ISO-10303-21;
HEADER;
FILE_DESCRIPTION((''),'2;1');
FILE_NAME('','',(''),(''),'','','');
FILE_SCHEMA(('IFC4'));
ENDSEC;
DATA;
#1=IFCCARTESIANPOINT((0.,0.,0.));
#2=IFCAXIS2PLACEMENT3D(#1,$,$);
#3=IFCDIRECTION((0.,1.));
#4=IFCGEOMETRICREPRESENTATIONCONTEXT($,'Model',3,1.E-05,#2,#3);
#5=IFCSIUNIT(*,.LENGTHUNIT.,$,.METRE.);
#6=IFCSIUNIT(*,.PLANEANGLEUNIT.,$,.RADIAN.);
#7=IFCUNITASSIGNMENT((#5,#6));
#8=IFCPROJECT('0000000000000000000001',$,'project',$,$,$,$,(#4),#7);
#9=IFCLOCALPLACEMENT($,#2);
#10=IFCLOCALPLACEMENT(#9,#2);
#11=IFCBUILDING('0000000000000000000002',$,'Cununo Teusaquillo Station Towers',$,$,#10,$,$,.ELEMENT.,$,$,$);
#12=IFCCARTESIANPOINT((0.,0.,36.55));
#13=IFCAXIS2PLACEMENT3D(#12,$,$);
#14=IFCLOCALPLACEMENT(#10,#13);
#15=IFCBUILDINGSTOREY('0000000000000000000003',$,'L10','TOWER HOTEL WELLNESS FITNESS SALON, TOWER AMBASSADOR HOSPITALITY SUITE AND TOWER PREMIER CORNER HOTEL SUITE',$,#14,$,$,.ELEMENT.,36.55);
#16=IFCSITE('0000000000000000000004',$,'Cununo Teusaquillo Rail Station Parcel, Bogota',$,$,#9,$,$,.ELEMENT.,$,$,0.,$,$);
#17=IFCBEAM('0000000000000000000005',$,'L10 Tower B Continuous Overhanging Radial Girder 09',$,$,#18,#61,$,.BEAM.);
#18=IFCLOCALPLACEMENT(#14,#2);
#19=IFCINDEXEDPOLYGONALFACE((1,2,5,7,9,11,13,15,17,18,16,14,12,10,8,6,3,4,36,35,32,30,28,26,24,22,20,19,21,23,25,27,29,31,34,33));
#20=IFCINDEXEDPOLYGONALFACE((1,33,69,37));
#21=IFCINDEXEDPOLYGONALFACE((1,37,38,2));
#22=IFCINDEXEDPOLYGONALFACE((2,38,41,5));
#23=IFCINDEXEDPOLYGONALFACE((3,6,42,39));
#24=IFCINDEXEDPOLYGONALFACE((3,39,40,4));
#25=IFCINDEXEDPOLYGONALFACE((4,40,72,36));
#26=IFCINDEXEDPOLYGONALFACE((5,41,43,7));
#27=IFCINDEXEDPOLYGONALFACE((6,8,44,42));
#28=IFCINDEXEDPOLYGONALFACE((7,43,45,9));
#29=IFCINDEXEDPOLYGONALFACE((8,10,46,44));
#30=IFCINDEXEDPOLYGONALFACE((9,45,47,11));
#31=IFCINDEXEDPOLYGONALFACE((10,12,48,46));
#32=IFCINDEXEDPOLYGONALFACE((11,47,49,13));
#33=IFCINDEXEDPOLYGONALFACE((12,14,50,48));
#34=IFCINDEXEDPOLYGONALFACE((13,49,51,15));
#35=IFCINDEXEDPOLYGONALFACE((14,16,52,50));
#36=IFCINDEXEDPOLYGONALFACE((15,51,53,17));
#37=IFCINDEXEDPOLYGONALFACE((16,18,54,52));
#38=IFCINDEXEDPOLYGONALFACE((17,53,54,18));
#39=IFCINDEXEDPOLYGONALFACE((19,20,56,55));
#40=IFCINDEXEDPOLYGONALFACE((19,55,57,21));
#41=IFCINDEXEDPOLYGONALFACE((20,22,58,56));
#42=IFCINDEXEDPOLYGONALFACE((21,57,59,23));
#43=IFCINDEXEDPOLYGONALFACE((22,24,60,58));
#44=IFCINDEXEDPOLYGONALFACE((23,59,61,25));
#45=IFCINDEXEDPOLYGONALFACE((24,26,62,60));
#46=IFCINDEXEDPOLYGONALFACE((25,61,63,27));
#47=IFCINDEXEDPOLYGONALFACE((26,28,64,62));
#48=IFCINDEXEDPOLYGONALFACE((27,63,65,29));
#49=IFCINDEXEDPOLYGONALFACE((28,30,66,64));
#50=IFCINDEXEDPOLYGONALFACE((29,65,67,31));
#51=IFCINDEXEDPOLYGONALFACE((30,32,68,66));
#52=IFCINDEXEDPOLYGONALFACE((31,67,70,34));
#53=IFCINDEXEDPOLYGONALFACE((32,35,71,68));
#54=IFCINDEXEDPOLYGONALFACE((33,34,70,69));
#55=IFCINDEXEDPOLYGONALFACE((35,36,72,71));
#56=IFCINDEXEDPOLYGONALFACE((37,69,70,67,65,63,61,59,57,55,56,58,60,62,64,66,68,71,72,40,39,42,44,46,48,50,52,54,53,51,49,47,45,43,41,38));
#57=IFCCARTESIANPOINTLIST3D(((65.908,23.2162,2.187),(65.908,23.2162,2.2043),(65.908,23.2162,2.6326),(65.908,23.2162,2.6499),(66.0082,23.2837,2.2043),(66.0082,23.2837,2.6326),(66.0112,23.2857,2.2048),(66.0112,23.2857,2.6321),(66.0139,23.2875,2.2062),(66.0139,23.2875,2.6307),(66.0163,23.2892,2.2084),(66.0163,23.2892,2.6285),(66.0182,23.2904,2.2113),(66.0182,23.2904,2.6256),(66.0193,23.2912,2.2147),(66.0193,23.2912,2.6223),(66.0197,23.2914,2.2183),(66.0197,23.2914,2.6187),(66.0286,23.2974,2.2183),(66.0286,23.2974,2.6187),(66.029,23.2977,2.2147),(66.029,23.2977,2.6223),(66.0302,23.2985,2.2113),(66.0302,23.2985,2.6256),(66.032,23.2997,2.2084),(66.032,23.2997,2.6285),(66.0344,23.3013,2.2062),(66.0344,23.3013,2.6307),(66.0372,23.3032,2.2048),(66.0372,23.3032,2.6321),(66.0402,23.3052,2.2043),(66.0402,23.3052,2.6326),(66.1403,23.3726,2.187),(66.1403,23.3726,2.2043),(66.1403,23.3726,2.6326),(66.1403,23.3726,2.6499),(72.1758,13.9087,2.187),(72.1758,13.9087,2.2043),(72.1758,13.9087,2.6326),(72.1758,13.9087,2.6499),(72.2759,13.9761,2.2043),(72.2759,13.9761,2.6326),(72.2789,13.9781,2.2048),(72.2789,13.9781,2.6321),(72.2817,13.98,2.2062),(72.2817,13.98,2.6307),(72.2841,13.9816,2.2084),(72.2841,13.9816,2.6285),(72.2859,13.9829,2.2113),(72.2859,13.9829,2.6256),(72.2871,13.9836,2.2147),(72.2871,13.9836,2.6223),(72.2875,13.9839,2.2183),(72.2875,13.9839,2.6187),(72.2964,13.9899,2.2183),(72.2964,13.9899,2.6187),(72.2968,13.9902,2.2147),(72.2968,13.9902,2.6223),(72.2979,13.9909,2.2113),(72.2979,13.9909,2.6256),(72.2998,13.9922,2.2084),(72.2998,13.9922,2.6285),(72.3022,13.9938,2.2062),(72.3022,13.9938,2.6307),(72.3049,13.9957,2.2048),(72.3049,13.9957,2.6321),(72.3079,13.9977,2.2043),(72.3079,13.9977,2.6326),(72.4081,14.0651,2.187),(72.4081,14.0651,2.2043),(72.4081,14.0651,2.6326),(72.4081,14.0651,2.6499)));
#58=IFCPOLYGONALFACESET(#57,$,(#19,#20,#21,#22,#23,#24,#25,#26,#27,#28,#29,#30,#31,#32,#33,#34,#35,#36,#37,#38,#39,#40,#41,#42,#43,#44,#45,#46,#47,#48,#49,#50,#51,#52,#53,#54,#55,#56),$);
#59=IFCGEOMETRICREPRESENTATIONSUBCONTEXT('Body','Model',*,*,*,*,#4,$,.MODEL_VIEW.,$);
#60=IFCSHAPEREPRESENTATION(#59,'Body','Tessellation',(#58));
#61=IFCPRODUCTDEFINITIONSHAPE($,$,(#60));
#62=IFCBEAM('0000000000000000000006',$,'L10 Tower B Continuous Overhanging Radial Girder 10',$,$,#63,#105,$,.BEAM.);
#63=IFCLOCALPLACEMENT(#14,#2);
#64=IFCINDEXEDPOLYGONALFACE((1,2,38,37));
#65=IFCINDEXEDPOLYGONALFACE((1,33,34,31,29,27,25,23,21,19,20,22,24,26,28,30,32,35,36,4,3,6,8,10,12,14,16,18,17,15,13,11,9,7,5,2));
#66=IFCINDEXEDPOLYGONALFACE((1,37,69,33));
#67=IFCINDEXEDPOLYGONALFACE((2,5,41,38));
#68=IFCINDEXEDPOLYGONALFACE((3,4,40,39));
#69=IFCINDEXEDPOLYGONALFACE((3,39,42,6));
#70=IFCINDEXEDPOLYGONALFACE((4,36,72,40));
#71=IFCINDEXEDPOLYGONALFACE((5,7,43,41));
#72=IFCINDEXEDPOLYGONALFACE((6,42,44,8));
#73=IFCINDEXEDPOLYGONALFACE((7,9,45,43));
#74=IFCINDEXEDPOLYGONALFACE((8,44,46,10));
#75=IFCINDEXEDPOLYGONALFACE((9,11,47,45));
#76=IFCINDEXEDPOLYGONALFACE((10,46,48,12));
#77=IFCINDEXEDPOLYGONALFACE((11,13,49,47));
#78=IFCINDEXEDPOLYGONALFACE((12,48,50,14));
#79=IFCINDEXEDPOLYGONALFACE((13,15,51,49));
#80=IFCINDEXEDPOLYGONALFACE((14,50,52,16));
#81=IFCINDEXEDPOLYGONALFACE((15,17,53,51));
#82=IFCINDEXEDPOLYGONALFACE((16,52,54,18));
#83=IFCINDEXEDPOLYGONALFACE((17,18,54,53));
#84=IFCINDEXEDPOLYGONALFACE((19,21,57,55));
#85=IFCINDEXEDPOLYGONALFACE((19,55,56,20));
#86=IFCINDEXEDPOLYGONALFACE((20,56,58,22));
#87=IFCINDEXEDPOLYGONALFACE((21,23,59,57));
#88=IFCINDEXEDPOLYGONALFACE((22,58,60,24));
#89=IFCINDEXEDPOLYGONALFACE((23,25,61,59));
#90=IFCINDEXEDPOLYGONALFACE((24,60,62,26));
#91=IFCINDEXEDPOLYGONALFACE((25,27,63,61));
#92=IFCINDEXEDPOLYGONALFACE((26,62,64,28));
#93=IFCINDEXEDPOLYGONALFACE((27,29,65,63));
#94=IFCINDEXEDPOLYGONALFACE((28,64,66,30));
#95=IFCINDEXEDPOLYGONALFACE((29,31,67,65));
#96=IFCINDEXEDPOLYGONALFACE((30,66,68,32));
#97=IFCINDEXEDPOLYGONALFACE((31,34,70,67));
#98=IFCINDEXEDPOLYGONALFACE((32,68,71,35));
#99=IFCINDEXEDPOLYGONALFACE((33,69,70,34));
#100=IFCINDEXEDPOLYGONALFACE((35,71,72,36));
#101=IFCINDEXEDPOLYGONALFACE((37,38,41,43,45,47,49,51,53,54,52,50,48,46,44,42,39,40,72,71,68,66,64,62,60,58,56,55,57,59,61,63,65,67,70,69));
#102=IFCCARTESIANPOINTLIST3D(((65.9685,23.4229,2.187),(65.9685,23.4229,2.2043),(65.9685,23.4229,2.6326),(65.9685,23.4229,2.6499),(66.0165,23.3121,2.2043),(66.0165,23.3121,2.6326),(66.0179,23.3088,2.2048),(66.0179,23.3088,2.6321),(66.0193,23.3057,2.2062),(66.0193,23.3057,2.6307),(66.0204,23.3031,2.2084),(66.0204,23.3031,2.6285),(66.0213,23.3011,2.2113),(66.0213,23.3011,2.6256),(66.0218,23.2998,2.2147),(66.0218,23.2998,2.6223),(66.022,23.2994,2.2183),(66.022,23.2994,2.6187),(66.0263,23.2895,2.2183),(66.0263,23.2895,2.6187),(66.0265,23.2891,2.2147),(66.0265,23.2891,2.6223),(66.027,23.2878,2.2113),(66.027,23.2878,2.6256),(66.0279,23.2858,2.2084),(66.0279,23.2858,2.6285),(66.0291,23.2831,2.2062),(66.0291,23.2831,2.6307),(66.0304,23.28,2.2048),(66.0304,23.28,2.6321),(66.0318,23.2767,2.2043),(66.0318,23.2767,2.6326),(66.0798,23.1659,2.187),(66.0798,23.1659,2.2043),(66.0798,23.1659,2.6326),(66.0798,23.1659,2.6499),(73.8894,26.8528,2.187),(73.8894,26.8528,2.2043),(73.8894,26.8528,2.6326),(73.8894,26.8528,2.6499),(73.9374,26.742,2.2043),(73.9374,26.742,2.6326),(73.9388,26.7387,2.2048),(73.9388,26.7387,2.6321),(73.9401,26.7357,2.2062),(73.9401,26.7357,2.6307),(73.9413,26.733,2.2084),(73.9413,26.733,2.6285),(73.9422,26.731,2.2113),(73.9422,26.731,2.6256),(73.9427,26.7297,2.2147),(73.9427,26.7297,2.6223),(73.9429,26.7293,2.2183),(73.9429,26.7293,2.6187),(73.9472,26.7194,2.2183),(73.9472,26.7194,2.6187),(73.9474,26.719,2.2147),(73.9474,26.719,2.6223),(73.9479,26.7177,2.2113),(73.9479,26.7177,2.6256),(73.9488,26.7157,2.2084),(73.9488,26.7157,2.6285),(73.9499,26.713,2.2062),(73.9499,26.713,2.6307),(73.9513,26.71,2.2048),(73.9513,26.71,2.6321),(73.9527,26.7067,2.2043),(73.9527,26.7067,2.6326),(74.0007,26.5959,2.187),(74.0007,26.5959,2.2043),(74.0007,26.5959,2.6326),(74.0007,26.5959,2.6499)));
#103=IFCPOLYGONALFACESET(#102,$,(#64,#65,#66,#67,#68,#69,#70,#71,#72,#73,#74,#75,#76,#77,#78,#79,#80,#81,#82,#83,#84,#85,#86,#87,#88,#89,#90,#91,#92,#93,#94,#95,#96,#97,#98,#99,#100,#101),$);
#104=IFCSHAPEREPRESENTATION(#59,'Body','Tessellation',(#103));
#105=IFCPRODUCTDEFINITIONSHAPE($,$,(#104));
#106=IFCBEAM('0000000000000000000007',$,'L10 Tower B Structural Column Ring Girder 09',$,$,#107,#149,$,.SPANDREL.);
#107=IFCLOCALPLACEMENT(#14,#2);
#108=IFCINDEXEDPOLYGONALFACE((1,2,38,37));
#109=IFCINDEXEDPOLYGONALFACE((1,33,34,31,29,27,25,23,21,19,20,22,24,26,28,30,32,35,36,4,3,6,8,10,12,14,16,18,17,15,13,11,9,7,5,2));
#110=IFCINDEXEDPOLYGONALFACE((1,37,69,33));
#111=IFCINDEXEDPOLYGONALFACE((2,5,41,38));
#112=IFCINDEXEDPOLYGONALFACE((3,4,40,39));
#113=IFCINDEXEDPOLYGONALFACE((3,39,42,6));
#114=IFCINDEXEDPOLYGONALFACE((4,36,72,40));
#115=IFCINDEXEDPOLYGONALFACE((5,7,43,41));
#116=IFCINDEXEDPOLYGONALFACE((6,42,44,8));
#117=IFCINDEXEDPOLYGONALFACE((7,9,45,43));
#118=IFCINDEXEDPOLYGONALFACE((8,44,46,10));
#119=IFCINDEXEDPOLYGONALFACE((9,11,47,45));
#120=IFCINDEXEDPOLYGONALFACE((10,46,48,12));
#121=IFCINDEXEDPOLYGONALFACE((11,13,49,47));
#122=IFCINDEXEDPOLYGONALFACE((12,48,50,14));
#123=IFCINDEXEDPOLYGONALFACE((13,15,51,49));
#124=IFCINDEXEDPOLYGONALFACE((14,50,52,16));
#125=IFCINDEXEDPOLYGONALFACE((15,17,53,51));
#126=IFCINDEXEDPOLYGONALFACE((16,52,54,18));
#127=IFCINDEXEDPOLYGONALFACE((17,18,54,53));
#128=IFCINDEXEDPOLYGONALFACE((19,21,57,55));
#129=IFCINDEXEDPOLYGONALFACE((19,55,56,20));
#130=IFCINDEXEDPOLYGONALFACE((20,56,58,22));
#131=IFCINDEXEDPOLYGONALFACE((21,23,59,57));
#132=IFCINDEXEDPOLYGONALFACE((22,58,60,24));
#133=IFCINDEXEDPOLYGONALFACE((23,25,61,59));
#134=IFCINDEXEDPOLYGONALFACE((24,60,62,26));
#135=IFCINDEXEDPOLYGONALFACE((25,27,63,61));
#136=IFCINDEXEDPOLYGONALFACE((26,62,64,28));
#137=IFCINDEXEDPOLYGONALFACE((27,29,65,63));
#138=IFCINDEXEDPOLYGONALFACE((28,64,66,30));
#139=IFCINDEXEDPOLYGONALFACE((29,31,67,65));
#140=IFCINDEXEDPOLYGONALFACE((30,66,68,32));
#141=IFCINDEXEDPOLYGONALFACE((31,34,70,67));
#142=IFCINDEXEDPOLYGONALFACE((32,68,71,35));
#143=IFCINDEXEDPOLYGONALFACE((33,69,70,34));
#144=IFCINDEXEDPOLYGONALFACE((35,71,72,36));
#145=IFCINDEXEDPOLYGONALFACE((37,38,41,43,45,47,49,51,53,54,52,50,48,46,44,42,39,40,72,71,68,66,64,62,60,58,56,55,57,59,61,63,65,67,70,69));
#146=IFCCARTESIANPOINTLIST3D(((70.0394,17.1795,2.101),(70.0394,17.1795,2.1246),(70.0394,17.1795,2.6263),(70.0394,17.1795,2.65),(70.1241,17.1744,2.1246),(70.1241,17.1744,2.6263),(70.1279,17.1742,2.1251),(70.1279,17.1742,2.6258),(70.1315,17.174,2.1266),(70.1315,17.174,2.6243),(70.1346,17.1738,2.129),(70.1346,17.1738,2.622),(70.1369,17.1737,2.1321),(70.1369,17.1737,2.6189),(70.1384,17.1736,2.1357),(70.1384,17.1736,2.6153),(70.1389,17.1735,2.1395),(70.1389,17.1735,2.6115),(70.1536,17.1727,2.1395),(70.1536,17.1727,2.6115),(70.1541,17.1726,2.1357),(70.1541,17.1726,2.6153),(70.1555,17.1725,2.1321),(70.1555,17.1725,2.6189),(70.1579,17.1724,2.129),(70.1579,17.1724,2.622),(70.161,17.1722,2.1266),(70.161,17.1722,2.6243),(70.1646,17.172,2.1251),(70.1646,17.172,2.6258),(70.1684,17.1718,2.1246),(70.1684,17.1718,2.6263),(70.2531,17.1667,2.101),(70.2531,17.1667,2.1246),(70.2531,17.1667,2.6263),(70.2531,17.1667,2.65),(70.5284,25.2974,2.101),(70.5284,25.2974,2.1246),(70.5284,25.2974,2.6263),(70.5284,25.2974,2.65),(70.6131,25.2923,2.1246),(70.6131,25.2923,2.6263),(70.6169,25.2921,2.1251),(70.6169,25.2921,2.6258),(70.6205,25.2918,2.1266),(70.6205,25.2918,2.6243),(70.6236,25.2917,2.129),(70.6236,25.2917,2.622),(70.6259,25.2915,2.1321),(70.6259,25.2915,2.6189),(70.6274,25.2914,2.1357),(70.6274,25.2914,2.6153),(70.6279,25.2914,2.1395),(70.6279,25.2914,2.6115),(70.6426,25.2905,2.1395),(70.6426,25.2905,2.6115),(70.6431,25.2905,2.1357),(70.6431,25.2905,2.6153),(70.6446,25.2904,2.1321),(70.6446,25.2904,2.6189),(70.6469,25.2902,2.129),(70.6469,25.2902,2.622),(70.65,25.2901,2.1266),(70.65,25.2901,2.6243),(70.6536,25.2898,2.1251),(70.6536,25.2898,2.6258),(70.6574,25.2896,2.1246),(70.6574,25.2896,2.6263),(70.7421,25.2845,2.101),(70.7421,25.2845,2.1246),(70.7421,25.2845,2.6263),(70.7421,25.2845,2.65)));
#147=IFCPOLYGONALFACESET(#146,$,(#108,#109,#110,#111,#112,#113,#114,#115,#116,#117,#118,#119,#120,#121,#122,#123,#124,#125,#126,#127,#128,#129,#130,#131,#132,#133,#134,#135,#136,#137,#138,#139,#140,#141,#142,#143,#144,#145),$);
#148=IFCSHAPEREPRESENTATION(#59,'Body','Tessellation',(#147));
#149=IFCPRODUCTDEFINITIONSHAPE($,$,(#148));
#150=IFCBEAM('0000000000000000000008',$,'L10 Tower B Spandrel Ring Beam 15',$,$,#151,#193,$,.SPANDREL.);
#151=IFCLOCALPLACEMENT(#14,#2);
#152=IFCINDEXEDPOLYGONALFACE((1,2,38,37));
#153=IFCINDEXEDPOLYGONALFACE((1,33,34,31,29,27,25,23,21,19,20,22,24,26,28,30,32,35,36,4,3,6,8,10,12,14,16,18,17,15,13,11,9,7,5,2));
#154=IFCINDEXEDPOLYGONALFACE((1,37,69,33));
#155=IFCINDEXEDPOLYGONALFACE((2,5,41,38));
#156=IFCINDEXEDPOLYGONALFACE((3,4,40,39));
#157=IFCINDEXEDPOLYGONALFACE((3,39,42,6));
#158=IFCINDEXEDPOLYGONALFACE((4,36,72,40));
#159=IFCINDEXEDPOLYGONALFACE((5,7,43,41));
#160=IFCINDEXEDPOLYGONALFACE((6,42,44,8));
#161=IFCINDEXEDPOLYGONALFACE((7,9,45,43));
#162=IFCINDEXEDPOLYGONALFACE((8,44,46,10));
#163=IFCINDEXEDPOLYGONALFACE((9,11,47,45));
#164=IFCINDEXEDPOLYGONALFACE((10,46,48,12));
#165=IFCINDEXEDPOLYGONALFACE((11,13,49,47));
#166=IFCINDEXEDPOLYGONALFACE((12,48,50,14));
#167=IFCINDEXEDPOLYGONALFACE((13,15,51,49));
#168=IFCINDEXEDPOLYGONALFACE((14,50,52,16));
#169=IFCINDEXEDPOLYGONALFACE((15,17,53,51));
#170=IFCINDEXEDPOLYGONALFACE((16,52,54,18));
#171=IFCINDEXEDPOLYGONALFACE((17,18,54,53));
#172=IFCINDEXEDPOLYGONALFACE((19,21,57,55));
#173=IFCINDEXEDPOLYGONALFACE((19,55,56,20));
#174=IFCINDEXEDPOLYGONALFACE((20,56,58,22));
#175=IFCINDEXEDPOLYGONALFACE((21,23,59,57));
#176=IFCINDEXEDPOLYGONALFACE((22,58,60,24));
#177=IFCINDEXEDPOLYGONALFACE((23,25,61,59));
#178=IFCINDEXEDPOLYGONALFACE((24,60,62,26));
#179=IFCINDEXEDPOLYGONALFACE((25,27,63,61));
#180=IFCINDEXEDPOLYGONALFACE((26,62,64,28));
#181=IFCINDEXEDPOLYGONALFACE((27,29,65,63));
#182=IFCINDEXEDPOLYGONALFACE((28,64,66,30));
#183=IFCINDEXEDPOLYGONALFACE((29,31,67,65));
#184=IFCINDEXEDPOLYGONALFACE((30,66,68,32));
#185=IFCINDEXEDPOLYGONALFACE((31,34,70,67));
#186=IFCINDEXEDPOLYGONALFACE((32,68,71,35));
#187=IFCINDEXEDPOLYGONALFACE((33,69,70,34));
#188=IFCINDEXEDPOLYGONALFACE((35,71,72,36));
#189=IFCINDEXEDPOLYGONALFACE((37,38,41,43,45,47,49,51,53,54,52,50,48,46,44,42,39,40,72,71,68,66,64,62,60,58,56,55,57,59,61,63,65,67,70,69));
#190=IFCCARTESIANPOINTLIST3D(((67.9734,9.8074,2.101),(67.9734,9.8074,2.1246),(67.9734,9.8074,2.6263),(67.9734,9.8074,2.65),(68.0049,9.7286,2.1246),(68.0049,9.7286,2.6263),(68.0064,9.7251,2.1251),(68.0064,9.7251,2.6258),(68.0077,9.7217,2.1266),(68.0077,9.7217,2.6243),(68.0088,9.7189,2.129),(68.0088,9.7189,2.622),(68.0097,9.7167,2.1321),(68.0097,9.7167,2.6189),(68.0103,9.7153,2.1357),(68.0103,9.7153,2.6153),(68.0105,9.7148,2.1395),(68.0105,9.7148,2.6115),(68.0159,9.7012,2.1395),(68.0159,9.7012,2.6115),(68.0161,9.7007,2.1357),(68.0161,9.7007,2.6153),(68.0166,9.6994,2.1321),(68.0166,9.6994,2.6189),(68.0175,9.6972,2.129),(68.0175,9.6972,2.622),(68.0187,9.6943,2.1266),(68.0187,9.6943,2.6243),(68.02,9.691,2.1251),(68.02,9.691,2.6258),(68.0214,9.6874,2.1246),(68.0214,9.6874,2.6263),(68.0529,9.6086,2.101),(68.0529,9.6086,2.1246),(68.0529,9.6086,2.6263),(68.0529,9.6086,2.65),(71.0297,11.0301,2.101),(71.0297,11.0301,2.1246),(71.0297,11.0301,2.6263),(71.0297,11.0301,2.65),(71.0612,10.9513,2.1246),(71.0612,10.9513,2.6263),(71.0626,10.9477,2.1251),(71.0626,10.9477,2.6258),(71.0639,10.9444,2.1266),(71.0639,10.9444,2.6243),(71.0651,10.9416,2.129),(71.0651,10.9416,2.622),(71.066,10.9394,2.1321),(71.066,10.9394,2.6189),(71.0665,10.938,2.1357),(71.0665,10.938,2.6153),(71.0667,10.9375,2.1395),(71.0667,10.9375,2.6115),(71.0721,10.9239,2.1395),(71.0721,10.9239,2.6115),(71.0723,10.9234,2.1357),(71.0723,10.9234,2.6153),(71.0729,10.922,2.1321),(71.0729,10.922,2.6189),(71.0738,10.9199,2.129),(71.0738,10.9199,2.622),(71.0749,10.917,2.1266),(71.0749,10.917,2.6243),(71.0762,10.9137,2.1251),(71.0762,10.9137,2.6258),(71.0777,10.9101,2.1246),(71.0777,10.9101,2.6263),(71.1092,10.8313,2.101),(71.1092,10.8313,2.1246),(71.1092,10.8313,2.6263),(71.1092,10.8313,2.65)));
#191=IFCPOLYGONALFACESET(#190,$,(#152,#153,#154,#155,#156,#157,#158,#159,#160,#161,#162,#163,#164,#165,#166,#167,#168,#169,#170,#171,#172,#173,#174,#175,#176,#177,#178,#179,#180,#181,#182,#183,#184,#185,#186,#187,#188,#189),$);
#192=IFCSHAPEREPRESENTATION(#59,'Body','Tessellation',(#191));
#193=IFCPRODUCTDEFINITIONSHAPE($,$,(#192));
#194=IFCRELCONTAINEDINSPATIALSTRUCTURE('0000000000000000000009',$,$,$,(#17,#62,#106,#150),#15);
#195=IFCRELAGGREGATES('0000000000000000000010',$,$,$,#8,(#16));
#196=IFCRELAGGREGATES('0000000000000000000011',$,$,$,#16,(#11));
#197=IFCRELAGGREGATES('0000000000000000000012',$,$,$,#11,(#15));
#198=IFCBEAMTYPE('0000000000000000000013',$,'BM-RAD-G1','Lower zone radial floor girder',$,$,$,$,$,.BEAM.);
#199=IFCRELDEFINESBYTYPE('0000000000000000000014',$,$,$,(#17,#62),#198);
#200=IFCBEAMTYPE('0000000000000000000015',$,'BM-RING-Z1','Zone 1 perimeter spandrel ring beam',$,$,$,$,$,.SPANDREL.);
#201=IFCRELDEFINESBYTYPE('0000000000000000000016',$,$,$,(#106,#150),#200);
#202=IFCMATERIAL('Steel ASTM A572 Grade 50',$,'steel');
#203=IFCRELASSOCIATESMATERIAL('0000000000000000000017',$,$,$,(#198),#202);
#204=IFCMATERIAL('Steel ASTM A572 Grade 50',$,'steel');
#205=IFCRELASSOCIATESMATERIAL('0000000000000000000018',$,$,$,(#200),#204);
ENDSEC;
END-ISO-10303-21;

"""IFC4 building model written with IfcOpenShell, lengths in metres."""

from ifc_helpers import new_model, si_unit, direction, frame, origin, origin_2d, place, context, subcontext, project, spatial, i_section, extrude, material, material_profile, profile_set, type_object, element, save


model = new_model("IFC4")

# Units and contexts
model_context = context("Model", 3, precision=1e-05, world=origin(), true_north=direction((0.0, 1.0)))
body_context = subcontext(model_context, "Body", "Model", "MODEL_VIEW")
ifc_project = project(units=[si_unit("LENGTHUNIT", "METRE"), si_unit("PLANEANGLEUNIT", "RADIAN")], contexts=[model_context])

# Site, building, storey
site_placement = place(None, origin())
site = spatial("IfcSite", under=ifc_project, at=site_placement, Name="Cununo Teusaquillo Rail Station Parcel, Bogota", CompositionType="ELEMENT", RefElevation=0.0)
building_placement = place(site_placement, origin())
building = spatial("IfcBuilding", under=site, at=building_placement, Name="Cununo Teusaquillo Station Towers", CompositionType="ELEMENT")
storey_placement = place(building_placement, frame((0.0, 0.0, 36.55)))
storey = spatial("IfcBuildingStorey", under=building, at=storey_placement, Name="L10", Description="TOWER HOTEL WELLNESS FITNESS SALON, TOWER AMBASSADOR HOSPITALITY SUITE AND TOWER PREMIER CORNER HOTEL SUITE", CompositionType="ELEMENT", Elevation=36.55)

# Beams
ifc_material_1 = material(Name="Steel ASTM A572 Grade 50", Category="steel")
ifc_material_profile_1 = material_profile(ifc_material_1, i_section(OverallWidth=0.28, OverallDepth=0.4629, WebThickness=0.0107, FlangeThickness=0.0173, FilletRadius=0.0139, at=origin_2d()), Name="W18X76")
ifc_profile_set_1 = profile_set([ifc_material_profile_1], Name="Steel ASTM A572 Grade 50")
beam_type_1 = type_object("IfcBeamType", Name="BM-RAD-G1", Description="Lower zone radial floor girder", PredefinedType="BEAM", material=ifc_profile_set_1)
beam_1_placement = place(storey_placement, frame((66.0242, 23.2944, 2.4185), z_axis=(0.558565, -0.829461, 0.0), x_axis=(0.829461, 0.558565, 0.0)))
element("IfcBeam", 1, at=beam_1_placement, inside=storey, type_object=beam_type_1, Name="L10 Tower B Continuous Overhanging Radial Girder 09", PredefinedType="BEAM", context=body_context, shape_type="SweptSolid", body=[
    extrude(i_section(OverallWidth=0.28, OverallDepth=0.4629, WebThickness=0.0107, FlangeThickness=0.0173, FilletRadius=0.0139, at=origin_2d()), origin(), (0.0, 0.0, 1.0), 11.2212),
])
beam_2_placement = place(storey_placement, frame((66.0242, 23.2944, 2.4185), z_axis=(0.917659, 0.397368, 0.0), x_axis=(-0.397368, 0.917659, 0.0)))
element("IfcBeam", 2, at=beam_2_placement, inside=storey, type_object=beam_type_1, Name="L10 Tower B Continuous Overhanging Radial Girder 10", PredefinedType="BEAM", context=body_context, shape_type="SweptSolid", body=[
    extrude(i_section(OverallWidth=0.28, OverallDepth=0.4629, WebThickness=0.0107, FlangeThickness=0.0173, FilletRadius=0.0139, at=origin_2d()), origin(), (0.0, 0.0, 1.0), 8.6316),
])
ifc_material_2 = material(Name="Steel ASTM A572 Grade 50", Category="steel")
ifc_material_profile_2 = material_profile(ifc_material_2, i_section(OverallWidth=0.2141, OverallDepth=0.5491, WebThickness=0.0146, FlangeThickness=0.0237, FilletRadius=0.0149, at=origin_2d()), Name="W21X93")
ifc_profile_set_2 = profile_set([ifc_material_profile_2], Name="Steel ASTM A572 Grade 50")
beam_type_2 = type_object("IfcBeamType", Name="BM-RING-Z1", Description="Zone 1 perimeter spandrel ring beam", PredefinedType="SPANDREL", material=ifc_profile_set_2)
beam_3_placement = place(storey_placement, frame((70.1462, 17.1731, 2.3755), z_axis=(0.06013, 0.998191, 0.0), x_axis=(-0.998191, 0.06013, 0.0)))
element("IfcBeam", 3, at=beam_3_placement, inside=storey, type_object=beam_type_2, Name="L10 Tower B Structural Column Ring Girder 09", PredefinedType="SPANDREL", context=body_context, shape_type="SweptSolid", body=[
    extrude(i_section(OverallWidth=0.2141, OverallDepth=0.5491, WebThickness=0.0146, FlangeThickness=0.0237, FilletRadius=0.0149, at=origin_2d()), origin(), (0.0, 0.0, 1.0), 8.1326),
])
for number, where, z_axis, x_axis, name in (
    (4, (68.0132, 9.708, 2.3755), (0.928456, 0.371442, 0.0), (-0.371442, 0.928456, 0.0), "L10 Tower B Spandrel Ring Beam 15"),
):
    element("IfcBeam", number, at=place(storey_placement, frame(where, z_axis=z_axis, x_axis=x_axis)), inside=storey, type_object=beam_type_2, Name=name, PredefinedType="SPANDREL", context=body_context, shape_type="SweptSolid", body=[
        extrude(i_section(OverallWidth=0.2141, OverallDepth=0.5491, WebThickness=0.0146, FlangeThickness=0.0237, FilletRadius=0.0149, at=origin_2d()), origin(), (0.0, 0.0, 1.0), 3.2917),
    ])

save(model, "model.ifc")
